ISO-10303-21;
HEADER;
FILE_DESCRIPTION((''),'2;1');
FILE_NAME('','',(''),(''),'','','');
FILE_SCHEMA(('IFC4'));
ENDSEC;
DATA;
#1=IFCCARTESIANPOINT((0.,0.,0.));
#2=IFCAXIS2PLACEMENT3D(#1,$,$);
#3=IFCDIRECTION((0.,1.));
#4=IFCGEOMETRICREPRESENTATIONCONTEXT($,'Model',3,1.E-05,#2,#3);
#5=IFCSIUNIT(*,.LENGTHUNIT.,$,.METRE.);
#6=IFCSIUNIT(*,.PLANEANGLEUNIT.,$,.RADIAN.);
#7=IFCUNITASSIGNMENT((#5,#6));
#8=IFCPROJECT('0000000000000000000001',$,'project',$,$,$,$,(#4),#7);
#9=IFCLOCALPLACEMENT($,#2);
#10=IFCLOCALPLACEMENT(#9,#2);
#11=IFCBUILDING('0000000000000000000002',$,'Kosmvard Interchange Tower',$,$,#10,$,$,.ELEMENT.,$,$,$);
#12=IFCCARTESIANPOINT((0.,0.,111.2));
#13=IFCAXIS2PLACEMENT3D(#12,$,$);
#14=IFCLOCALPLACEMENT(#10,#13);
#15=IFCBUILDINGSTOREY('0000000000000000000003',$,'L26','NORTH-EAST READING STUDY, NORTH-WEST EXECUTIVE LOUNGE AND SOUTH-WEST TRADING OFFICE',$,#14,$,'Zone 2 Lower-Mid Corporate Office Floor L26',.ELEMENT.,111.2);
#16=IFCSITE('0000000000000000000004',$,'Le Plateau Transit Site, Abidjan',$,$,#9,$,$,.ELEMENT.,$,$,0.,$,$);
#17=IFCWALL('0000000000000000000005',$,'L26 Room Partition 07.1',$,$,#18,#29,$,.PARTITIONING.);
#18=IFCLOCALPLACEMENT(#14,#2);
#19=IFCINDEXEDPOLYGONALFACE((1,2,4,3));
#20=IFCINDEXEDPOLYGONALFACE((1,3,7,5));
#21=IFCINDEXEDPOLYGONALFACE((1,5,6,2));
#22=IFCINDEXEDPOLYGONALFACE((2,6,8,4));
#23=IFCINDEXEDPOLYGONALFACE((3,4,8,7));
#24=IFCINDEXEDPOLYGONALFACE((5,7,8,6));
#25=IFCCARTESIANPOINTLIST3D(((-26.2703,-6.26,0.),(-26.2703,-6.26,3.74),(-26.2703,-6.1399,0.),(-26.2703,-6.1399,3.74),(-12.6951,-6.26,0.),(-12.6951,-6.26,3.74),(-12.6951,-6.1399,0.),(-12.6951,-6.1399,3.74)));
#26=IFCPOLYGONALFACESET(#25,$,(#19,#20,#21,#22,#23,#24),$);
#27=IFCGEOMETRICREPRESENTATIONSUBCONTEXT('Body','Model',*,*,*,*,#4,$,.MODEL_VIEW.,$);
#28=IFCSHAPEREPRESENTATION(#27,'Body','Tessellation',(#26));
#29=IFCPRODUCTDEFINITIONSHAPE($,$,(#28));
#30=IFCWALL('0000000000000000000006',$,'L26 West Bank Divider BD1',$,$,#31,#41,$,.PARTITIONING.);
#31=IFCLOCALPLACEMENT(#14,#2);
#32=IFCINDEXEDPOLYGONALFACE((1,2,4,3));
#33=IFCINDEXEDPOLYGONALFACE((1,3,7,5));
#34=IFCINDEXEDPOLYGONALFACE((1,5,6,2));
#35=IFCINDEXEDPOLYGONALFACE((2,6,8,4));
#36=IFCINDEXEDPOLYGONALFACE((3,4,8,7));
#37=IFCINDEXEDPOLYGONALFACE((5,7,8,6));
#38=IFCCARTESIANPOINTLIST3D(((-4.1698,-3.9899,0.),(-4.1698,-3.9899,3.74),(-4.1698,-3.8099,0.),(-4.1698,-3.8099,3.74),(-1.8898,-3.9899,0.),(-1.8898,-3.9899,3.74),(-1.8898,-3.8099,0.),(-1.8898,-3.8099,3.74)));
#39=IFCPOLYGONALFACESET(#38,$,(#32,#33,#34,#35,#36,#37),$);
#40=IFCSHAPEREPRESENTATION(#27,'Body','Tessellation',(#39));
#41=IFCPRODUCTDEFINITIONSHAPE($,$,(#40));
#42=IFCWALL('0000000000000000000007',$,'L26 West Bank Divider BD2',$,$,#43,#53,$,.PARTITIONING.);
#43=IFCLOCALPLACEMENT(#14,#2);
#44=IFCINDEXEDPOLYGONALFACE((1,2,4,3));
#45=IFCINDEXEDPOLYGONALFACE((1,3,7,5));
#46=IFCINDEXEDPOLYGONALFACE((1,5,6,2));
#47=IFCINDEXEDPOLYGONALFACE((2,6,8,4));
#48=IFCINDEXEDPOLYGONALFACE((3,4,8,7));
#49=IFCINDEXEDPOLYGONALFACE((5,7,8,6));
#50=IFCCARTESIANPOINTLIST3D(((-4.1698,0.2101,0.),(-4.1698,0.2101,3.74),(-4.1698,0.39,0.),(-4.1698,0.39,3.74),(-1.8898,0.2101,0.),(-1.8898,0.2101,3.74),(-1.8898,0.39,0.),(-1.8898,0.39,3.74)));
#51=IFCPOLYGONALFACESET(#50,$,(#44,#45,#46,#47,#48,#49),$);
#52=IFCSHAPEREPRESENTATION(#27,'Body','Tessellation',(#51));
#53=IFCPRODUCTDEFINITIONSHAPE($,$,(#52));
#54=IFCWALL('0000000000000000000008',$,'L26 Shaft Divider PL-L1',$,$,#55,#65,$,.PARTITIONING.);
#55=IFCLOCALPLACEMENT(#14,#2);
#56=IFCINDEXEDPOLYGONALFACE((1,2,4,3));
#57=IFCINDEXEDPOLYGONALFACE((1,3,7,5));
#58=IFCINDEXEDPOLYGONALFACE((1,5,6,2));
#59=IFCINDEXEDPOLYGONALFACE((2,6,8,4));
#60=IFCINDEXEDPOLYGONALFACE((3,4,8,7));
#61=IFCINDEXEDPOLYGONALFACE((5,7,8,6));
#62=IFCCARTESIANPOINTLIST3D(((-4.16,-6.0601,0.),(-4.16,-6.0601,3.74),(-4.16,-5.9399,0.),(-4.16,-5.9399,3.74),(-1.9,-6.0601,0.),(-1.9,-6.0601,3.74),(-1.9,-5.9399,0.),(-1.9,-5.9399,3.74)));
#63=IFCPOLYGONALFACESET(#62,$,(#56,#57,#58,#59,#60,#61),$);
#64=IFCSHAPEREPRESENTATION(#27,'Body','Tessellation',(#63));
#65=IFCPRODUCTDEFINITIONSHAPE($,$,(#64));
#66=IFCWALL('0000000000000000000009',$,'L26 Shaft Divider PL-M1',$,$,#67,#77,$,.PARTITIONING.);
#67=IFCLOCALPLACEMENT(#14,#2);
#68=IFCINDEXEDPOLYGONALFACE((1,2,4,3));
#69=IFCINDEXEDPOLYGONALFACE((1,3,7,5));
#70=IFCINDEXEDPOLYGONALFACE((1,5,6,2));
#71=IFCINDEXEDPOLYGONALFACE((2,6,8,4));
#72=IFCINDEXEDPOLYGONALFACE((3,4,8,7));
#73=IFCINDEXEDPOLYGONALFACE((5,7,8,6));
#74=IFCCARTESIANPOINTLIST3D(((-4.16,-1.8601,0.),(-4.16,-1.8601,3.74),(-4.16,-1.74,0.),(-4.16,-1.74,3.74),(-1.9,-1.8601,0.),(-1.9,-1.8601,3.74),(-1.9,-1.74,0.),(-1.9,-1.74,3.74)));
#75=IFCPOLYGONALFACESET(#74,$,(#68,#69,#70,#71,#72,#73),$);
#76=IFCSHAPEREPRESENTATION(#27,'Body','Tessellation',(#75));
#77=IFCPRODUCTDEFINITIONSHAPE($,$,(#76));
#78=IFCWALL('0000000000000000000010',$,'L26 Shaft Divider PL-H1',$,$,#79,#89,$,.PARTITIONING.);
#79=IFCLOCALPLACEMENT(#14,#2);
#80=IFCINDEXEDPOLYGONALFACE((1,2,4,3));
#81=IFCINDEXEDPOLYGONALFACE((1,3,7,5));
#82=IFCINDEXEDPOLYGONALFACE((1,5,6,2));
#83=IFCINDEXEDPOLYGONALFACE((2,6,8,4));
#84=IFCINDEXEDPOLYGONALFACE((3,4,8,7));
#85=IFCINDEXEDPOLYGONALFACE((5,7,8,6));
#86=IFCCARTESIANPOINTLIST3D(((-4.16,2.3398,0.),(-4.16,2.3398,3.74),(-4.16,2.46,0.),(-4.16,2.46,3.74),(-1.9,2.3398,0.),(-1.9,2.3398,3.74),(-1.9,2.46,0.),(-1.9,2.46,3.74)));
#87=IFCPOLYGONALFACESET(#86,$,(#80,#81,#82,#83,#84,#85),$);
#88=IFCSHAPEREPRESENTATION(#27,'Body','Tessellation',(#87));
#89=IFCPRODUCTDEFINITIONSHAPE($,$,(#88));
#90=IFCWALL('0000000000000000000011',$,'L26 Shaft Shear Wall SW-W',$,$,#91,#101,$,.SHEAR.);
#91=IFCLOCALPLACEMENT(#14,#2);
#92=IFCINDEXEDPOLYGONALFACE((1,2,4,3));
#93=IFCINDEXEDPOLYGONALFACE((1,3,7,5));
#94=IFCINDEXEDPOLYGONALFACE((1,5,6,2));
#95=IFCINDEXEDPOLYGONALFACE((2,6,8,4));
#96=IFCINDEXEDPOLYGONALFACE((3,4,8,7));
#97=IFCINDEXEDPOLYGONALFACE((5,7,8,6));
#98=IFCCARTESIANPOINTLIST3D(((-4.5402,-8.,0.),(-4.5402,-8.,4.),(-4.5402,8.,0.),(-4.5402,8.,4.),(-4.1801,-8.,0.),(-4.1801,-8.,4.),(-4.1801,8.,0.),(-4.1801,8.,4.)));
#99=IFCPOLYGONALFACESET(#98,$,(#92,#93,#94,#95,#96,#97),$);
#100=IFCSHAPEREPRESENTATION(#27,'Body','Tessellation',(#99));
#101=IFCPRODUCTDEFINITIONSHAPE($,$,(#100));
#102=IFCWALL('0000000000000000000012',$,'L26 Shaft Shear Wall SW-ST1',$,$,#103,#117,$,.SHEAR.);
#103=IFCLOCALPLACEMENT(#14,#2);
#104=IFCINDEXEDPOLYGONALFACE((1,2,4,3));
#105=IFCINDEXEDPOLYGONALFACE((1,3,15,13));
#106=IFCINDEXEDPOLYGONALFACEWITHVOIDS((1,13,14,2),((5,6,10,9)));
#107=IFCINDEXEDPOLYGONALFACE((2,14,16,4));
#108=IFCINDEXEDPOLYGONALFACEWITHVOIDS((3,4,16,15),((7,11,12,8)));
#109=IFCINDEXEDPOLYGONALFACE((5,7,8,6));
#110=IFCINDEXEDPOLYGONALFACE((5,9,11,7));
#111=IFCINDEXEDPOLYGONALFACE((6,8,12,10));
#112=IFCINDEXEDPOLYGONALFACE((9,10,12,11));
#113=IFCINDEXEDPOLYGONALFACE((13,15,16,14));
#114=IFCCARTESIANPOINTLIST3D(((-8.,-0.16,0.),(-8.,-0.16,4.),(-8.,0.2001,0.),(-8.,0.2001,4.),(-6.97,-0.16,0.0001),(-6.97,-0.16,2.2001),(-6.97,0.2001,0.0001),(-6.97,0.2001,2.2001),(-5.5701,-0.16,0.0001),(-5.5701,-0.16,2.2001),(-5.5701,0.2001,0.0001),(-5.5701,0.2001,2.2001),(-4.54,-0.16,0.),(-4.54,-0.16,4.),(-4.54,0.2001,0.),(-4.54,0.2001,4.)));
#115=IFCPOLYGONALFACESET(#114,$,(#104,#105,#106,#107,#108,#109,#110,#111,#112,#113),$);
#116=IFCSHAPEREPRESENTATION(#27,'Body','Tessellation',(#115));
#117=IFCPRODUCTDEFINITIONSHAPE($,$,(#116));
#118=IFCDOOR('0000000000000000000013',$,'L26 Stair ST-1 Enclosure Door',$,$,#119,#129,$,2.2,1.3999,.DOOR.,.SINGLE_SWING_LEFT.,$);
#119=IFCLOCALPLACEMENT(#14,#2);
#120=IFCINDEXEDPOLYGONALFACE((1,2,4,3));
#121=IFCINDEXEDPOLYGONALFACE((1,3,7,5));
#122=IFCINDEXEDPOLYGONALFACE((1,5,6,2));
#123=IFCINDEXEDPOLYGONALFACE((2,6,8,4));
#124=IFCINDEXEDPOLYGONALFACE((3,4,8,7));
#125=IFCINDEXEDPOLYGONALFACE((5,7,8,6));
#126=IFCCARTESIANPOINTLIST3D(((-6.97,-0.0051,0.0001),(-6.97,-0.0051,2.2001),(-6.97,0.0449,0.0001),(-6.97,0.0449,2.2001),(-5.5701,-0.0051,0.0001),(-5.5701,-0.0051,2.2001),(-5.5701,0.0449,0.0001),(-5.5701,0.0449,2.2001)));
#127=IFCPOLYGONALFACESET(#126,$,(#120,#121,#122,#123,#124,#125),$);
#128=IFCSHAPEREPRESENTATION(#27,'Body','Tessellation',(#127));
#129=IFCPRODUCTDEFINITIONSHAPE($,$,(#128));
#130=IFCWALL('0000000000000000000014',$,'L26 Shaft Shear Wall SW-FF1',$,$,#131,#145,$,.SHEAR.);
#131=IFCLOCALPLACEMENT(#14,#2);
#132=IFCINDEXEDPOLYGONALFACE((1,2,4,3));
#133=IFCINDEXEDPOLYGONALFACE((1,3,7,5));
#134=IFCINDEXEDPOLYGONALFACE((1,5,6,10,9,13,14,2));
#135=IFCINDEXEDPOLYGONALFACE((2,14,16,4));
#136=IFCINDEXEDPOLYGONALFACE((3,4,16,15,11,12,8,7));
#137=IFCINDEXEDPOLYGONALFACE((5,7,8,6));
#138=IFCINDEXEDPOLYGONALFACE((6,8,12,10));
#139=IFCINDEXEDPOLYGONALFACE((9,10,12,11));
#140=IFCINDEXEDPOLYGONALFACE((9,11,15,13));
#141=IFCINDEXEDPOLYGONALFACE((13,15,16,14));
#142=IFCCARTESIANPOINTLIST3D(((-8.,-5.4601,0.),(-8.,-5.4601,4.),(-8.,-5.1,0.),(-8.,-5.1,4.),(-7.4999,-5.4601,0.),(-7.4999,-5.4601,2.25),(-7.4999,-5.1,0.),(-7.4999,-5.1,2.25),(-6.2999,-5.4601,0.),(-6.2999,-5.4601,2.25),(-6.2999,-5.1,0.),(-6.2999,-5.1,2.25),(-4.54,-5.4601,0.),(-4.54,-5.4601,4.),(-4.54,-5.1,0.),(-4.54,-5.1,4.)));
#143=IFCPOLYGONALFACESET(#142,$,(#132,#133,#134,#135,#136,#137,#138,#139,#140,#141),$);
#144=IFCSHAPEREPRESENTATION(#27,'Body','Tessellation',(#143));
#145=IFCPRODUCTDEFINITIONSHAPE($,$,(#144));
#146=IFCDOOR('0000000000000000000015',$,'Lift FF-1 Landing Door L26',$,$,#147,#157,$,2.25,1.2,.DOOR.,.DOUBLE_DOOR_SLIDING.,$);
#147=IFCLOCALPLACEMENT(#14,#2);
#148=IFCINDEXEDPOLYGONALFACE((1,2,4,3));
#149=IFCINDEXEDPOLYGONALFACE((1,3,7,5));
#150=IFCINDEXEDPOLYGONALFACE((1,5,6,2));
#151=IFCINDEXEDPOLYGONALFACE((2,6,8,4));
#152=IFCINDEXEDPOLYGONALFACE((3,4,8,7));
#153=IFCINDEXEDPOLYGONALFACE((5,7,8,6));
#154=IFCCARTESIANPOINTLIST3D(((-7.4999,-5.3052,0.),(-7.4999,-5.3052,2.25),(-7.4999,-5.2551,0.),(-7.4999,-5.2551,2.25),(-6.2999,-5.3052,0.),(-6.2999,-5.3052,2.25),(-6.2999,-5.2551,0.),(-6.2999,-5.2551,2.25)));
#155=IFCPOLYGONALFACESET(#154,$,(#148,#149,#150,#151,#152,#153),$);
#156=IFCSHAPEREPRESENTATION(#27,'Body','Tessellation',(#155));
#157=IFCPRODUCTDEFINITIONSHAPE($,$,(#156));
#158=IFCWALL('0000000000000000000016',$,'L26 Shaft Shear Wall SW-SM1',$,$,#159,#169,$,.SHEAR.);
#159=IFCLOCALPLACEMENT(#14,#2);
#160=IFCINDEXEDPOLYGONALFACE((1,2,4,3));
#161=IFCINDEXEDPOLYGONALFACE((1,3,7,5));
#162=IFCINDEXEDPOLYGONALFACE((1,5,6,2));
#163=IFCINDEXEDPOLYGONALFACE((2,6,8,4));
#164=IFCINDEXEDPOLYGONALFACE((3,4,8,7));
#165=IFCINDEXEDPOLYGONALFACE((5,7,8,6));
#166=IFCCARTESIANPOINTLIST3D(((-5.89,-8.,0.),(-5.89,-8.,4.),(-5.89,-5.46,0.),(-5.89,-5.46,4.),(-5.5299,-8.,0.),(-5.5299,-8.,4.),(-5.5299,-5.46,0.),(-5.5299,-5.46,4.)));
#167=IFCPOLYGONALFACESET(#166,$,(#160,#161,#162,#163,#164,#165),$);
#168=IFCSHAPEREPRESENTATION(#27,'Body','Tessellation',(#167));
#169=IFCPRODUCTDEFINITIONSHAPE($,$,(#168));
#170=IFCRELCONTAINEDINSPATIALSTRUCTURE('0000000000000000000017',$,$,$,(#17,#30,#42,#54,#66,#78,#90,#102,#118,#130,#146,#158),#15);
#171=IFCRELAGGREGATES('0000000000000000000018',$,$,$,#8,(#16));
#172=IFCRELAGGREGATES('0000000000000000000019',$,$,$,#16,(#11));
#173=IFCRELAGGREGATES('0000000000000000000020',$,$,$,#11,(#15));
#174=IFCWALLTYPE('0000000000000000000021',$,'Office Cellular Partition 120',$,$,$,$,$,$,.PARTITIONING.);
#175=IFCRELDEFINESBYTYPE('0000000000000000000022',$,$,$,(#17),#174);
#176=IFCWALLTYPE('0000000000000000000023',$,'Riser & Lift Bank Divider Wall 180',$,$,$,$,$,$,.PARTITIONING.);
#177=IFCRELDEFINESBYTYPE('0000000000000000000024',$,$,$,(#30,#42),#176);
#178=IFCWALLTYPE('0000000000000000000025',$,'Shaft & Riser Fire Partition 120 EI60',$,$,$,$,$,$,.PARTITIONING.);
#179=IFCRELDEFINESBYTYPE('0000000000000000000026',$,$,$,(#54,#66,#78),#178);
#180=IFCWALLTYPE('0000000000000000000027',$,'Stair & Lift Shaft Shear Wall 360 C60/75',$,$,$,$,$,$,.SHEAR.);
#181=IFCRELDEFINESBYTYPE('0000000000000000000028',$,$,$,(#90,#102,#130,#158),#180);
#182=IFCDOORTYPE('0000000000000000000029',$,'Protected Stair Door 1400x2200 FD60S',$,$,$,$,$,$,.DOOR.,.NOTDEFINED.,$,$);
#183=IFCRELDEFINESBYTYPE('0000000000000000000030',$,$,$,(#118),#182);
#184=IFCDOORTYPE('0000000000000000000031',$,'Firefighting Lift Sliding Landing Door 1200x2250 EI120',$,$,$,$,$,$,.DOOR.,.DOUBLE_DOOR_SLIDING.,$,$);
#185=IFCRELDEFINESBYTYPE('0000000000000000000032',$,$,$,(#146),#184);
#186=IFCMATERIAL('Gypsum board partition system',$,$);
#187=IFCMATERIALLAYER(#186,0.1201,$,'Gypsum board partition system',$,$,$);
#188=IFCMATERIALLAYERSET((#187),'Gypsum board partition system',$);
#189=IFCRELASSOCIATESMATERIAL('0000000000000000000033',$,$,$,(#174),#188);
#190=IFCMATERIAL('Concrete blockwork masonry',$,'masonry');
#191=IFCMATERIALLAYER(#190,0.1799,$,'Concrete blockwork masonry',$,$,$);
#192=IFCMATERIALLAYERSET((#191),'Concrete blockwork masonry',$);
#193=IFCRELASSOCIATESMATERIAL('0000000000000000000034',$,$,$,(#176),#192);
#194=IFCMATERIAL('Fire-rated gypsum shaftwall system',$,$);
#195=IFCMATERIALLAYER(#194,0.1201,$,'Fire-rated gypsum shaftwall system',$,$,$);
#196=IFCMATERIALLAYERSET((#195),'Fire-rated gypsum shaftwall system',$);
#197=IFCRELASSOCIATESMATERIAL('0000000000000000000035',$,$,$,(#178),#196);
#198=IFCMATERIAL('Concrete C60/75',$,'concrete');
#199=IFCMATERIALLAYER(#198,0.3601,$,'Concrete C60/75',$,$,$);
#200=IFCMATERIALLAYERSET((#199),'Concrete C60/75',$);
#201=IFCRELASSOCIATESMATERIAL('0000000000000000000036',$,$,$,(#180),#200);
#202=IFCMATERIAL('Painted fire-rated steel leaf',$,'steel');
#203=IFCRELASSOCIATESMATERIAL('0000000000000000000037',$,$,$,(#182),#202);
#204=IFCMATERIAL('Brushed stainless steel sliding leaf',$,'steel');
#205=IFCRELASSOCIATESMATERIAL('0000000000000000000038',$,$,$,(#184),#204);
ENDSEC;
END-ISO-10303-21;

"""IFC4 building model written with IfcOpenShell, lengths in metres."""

from ifc_helpers import new_model, si_unit, direction, frame, frame_2d, origin, place, context, subcontext, project, spatial, rectangle, extrude, source, transform, mapped, material, layer, layer_set, type_object, element, fill, save


model = new_model("IFC4")

# Units and contexts
model_context = context("Model", 3, precision=1e-05, world=origin(), true_north=direction((0.0, 1.0)))
body_context = subcontext(model_context, "Body", "Model", "MODEL_VIEW")
ifc_project = project(units=[si_unit("LENGTHUNIT", "METRE"), si_unit("PLANEANGLEUNIT", "RADIAN")], contexts=[model_context])

# Site, building, storey
site_placement = place(None, origin())
site = spatial("IfcSite", under=ifc_project, at=site_placement, Name="Le Plateau Transit Site, Abidjan", CompositionType="ELEMENT", RefElevation=0.0)
building_placement = place(site_placement, origin())
building = spatial("IfcBuilding", under=site, at=building_placement, Name="Kosmvard Interchange Tower", CompositionType="ELEMENT")
storey_placement = place(building_placement, frame((0.0, 0.0, 111.2)))
storey = spatial("IfcBuildingStorey", under=building, at=storey_placement, Name="L26", Description="NORTH-EAST READING STUDY, NORTH-WEST EXECUTIVE LOUNGE AND SOUTH-WEST TRADING OFFICE", LongName="Zone 2 Lower-Mid Corporate Office Floor L26", CompositionType="ELEMENT", Elevation=111.2)

# Shared definitions
ifc_material_1 = material(Name="Concrete C60/75", Category="concrete")

# Shared definitions
ifc_material_2 = material(Name="Brushed stainless steel sliding leaf", Category="steel")

# Shared definitions
ifc_material_3 = material(Name="Painted fire-rated steel leaf", Category="steel")

# Walls
ifc_material_4 = material(Name="Gypsum board partition system")
ifc_layer_1 = layer(ifc_material_4, 0.1201, Name="Gypsum board partition system")
ifc_layer_set_1 = layer_set([ifc_layer_1], Name="Gypsum board partition system")
wall_type_1 = type_object("IfcWallType", Name="Office Cellular Partition 120", PredefinedType="PARTITIONING", material=ifc_layer_set_1)
wall_1_placement = place(storey_placement, frame((-26.2703, -6.2, 0.0), z_axis=(0.0, 0.0, 1.0), x_axis=(1.0, 0.0, 0.0)))
element("IfcWall", 1, at=wall_1_placement, inside=storey, type_object=wall_type_1, Name="L26 Room Partition 07.1", PredefinedType="PARTITIONING", context=body_context, shape_type="SweptSolid", body=[
    extrude(rectangle(XDim=13.5752, YDim=0.1201, at=frame_2d((6.7876, 0.0))), origin(), (0.0, 0.0, 1.0), 3.74),
])
ifc_material_5 = material(Name="Concrete blockwork masonry", Category="masonry")
ifc_layer_2 = layer(ifc_material_5, 0.1799, Name="Concrete blockwork masonry")
ifc_layer_set_2 = layer_set([ifc_layer_2], Name="Concrete blockwork masonry")
wall_type_2 = type_object("IfcWallType", Name="Riser & Lift Bank Divider Wall 180", PredefinedType="PARTITIONING", material=ifc_layer_set_2)
for number, where, z_axis, x_axis, name in (
    (2, (-4.1699, -3.8999, 0.0), (0.0, 0.0, 1.0), (1.0, 0.0, 0.0), "L26 West Bank Divider BD1"),
    (3, (-4.1699, 0.3, 0.0), (0.0, 0.0, 1.0), (1.0, 0.0, 0.0), "L26 West Bank Divider BD2"),
):
    element("IfcWall", number, at=place(storey_placement, frame(where, z_axis=z_axis, x_axis=x_axis)), inside=storey, type_object=wall_type_2, Name=name, PredefinedType="PARTITIONING", context=body_context, shape_type="SweptSolid", body=[
        extrude(rectangle(XDim=2.28, YDim=0.1799, at=frame_2d((1.1401, 0.0))), origin(), (0.0, 0.0, 1.0), 3.74),
    ])
ifc_material_6 = material(Name="Fire-rated gypsum shaftwall system")
ifc_layer_3 = layer(ifc_material_6, 0.1201, Name="Fire-rated gypsum shaftwall system")
ifc_layer_set_3 = layer_set([ifc_layer_3], Name="Fire-rated gypsum shaftwall system")
wall_type_3 = type_object("IfcWallType", Name="Shaft & Riser Fire Partition 120 EI60", PredefinedType="PARTITIONING", material=ifc_layer_set_3)
for number, where, z_axis, x_axis, name in (
    (4, (-4.1599, -6.0, 0.0), (0.0, 0.0, 1.0), (1.0, 0.0, 0.0), "L26 Shaft Divider PL-L1"),
    (5, (-4.1599, -1.8, 0.0), (0.0, 0.0, 1.0), (1.0, 0.0, 0.0), "L26 Shaft Divider PL-M1"),
    (6, (-4.1599, 2.3999, 0.0), (0.0, 0.0, 1.0), (1.0, 0.0, 0.0), "L26 Shaft Divider PL-H1"),
):
    element("IfcWall", number, at=place(storey_placement, frame(where, z_axis=z_axis, x_axis=x_axis)), inside=storey, type_object=wall_type_3, Name=name, PredefinedType="PARTITIONING", context=body_context, shape_type="SweptSolid", body=[
        extrude(rectangle(XDim=2.26, YDim=0.1201, at=frame_2d((1.1299, 0.0))), origin(), (0.0, 0.0, 1.0), 3.74),
    ])
ifc_layer_4 = layer(ifc_material_1, 0.3601, Name="Concrete C60/75")
ifc_layer_set_4 = layer_set([ifc_layer_4], Name="Concrete C60/75")
wall_type_4 = type_object("IfcWallType", Name="Stair & Lift Shaft Shear Wall 360 C60/75", PredefinedType="SHEAR", material=ifc_layer_set_4)
wall_2_placement = place(storey_placement, frame((-4.3601, -8.0, 0.0), z_axis=(0.0, 0.0, 1.0), x_axis=(0.0, 1.0, 0.0)))
element("IfcWall", 7, at=wall_2_placement, inside=storey, type_object=wall_type_4, Name="L26 Shaft Shear Wall SW-W", PredefinedType="SHEAR", context=body_context, shape_type="SweptSolid", body=[
    extrude(rectangle(XDim=16.0, YDim=0.3601, at=frame_2d((8.0, 0.0))), origin(), (0.0, 0.0, 1.0), 4.0),
])

# Walls, openings, doors
wall_3_placement = place(storey_placement, frame((-8.0, 0.02, 0.0), z_axis=(0.0, 0.0, 1.0), x_axis=(1.0, 0.0, 0.0)))
wall_3 = element("IfcWall", 8, at=wall_3_placement, inside=storey, type_object=wall_type_4, Name="L26 Shaft Shear Wall SW-ST1", PredefinedType="SHEAR", context=body_context, shape_type="SweptSolid", body=[
    extrude(rectangle(XDim=3.46, YDim=0.3601, at=frame_2d((1.73, 0.0))), origin(), (0.0, 0.0, 1.0), 4.0),
])
opening_1_placement = place(wall_3_placement, frame((1.03, 0.0, 0.0)))
opening_1 = element("IfcOpeningElement", 9, at=opening_1_placement, cuts=wall_3, PredefinedType="OPENING", context=body_context, shape_type="SweptSolid", body=[
    extrude(rectangle(XDim=1.3999, YDim=2.2, at=frame_2d((0.7, 1.1001))), frame((0.0, 0.1899, 0.0), z_axis=(0.0, -1.0, 0.0), x_axis=(1.0, 0.0, 0.0)), (0.0, 0.0, 1.0), 0.3801),
])
door_type_1 = type_object("IfcDoorType", Name="Protected Stair Door 1400x2200 FD60S", OperationType="NOTDEFINED", PredefinedType="DOOR", material=ifc_material_3)
shared_shape_1 = source(origin(), body_context, "Body", "SweptSolid", [
    extrude(rectangle(XDim=1.3999, YDim=2.2, at=frame_2d((0.7, 1.1001))), frame((0.0, 0.0249, 0.0), z_axis=(0.0, -1.0, 0.0), x_axis=(1.0, 0.0, 0.0)), (0.0, 0.0, 1.0), 0.05),
])
door_1_placement = place(opening_1_placement, origin())
door_1 = element("IfcDoor", 10, at=door_1_placement, inside=storey, type_object=door_type_1, Name="L26 Stair ST-1 Enclosure Door", OperationType="SINGLE_SWING_LEFT", OverallHeight=2.2, OverallWidth=1.3999, PredefinedType="DOOR", context=body_context, shape_type="MappedRepresentation", body=[
    mapped(shared_shape_1, transform((0.0, 0.0, 0.0), scale=1.0)),
])
fill(opening_1, door_1)
wall_4_placement = place(storey_placement, frame((-8.0, -5.28, 0.0), z_axis=(0.0, 0.0, 1.0), x_axis=(1.0, 0.0, 0.0)))
wall_4 = element("IfcWall", 11, at=wall_4_placement, inside=storey, type_object=wall_type_4, Name="L26 Shaft Shear Wall SW-FF1", PredefinedType="SHEAR", context=body_context, shape_type="SweptSolid", body=[
    extrude(rectangle(XDim=3.46, YDim=0.3601, at=frame_2d((1.73, 0.0))), origin(), (0.0, 0.0, 1.0), 4.0),
])
opening_2_placement = place(wall_4_placement, frame((0.5, 0.0, 0.0)))
opening_2 = element("IfcOpeningElement", 12, at=opening_2_placement, cuts=wall_4, PredefinedType="OPENING", context=body_context, shape_type="SweptSolid", body=[
    extrude(rectangle(XDim=1.2, YDim=2.25, at=frame_2d((0.6001, 1.125))), frame((0.0, 0.1899, 0.0), z_axis=(0.0, -1.0, 0.0), x_axis=(1.0, 0.0, 0.0)), (0.0, 0.0, 1.0), 0.3801),
])
door_type_2 = type_object("IfcDoorType", Name="Firefighting Lift Sliding Landing Door 1200x2250 EI120", OperationType="DOUBLE_DOOR_SLIDING", PredefinedType="DOOR", material=ifc_material_2)
shared_shape_2 = source(origin(), body_context, "Body", "SweptSolid", [
    extrude(rectangle(XDim=1.2, YDim=2.25, at=frame_2d((0.6001, 1.125))), frame((0.0, 0.0249, 0.0), z_axis=(0.0, -1.0, 0.0), x_axis=(1.0, 0.0, 0.0)), (0.0, 0.0, 1.0), 0.05),
])
door_2_placement = place(opening_2_placement, origin())
door_2 = element("IfcDoor", 13, at=door_2_placement, inside=storey, type_object=door_type_2, Name="Lift FF-1 Landing Door L26", OperationType="DOUBLE_DOOR_SLIDING", OverallHeight=2.25, OverallWidth=1.2, PredefinedType="DOOR", context=body_context, shape_type="MappedRepresentation", body=[
    mapped(shared_shape_2, transform((0.0, 0.0, 0.0), scale=1.0)),
])
fill(opening_2, door_2)

# Wall
wall_5_placement = place(storey_placement, frame((-5.71, -8.0, 0.0), z_axis=(0.0, 0.0, 1.0), x_axis=(0.0, 1.0, 0.0)))
element("IfcWall", 14, at=wall_5_placement, inside=storey, type_object=wall_type_4, Name="L26 Shaft Shear Wall SW-SM1", PredefinedType="SHEAR", context=body_context, shape_type="SweptSolid", body=[
    extrude(rectangle(XDim=2.54, YDim=0.3601, at=frame_2d((1.27, 0.0))), origin(), (0.0, 0.0, 1.0), 4.0),
])

save(model, "model.ifc")
